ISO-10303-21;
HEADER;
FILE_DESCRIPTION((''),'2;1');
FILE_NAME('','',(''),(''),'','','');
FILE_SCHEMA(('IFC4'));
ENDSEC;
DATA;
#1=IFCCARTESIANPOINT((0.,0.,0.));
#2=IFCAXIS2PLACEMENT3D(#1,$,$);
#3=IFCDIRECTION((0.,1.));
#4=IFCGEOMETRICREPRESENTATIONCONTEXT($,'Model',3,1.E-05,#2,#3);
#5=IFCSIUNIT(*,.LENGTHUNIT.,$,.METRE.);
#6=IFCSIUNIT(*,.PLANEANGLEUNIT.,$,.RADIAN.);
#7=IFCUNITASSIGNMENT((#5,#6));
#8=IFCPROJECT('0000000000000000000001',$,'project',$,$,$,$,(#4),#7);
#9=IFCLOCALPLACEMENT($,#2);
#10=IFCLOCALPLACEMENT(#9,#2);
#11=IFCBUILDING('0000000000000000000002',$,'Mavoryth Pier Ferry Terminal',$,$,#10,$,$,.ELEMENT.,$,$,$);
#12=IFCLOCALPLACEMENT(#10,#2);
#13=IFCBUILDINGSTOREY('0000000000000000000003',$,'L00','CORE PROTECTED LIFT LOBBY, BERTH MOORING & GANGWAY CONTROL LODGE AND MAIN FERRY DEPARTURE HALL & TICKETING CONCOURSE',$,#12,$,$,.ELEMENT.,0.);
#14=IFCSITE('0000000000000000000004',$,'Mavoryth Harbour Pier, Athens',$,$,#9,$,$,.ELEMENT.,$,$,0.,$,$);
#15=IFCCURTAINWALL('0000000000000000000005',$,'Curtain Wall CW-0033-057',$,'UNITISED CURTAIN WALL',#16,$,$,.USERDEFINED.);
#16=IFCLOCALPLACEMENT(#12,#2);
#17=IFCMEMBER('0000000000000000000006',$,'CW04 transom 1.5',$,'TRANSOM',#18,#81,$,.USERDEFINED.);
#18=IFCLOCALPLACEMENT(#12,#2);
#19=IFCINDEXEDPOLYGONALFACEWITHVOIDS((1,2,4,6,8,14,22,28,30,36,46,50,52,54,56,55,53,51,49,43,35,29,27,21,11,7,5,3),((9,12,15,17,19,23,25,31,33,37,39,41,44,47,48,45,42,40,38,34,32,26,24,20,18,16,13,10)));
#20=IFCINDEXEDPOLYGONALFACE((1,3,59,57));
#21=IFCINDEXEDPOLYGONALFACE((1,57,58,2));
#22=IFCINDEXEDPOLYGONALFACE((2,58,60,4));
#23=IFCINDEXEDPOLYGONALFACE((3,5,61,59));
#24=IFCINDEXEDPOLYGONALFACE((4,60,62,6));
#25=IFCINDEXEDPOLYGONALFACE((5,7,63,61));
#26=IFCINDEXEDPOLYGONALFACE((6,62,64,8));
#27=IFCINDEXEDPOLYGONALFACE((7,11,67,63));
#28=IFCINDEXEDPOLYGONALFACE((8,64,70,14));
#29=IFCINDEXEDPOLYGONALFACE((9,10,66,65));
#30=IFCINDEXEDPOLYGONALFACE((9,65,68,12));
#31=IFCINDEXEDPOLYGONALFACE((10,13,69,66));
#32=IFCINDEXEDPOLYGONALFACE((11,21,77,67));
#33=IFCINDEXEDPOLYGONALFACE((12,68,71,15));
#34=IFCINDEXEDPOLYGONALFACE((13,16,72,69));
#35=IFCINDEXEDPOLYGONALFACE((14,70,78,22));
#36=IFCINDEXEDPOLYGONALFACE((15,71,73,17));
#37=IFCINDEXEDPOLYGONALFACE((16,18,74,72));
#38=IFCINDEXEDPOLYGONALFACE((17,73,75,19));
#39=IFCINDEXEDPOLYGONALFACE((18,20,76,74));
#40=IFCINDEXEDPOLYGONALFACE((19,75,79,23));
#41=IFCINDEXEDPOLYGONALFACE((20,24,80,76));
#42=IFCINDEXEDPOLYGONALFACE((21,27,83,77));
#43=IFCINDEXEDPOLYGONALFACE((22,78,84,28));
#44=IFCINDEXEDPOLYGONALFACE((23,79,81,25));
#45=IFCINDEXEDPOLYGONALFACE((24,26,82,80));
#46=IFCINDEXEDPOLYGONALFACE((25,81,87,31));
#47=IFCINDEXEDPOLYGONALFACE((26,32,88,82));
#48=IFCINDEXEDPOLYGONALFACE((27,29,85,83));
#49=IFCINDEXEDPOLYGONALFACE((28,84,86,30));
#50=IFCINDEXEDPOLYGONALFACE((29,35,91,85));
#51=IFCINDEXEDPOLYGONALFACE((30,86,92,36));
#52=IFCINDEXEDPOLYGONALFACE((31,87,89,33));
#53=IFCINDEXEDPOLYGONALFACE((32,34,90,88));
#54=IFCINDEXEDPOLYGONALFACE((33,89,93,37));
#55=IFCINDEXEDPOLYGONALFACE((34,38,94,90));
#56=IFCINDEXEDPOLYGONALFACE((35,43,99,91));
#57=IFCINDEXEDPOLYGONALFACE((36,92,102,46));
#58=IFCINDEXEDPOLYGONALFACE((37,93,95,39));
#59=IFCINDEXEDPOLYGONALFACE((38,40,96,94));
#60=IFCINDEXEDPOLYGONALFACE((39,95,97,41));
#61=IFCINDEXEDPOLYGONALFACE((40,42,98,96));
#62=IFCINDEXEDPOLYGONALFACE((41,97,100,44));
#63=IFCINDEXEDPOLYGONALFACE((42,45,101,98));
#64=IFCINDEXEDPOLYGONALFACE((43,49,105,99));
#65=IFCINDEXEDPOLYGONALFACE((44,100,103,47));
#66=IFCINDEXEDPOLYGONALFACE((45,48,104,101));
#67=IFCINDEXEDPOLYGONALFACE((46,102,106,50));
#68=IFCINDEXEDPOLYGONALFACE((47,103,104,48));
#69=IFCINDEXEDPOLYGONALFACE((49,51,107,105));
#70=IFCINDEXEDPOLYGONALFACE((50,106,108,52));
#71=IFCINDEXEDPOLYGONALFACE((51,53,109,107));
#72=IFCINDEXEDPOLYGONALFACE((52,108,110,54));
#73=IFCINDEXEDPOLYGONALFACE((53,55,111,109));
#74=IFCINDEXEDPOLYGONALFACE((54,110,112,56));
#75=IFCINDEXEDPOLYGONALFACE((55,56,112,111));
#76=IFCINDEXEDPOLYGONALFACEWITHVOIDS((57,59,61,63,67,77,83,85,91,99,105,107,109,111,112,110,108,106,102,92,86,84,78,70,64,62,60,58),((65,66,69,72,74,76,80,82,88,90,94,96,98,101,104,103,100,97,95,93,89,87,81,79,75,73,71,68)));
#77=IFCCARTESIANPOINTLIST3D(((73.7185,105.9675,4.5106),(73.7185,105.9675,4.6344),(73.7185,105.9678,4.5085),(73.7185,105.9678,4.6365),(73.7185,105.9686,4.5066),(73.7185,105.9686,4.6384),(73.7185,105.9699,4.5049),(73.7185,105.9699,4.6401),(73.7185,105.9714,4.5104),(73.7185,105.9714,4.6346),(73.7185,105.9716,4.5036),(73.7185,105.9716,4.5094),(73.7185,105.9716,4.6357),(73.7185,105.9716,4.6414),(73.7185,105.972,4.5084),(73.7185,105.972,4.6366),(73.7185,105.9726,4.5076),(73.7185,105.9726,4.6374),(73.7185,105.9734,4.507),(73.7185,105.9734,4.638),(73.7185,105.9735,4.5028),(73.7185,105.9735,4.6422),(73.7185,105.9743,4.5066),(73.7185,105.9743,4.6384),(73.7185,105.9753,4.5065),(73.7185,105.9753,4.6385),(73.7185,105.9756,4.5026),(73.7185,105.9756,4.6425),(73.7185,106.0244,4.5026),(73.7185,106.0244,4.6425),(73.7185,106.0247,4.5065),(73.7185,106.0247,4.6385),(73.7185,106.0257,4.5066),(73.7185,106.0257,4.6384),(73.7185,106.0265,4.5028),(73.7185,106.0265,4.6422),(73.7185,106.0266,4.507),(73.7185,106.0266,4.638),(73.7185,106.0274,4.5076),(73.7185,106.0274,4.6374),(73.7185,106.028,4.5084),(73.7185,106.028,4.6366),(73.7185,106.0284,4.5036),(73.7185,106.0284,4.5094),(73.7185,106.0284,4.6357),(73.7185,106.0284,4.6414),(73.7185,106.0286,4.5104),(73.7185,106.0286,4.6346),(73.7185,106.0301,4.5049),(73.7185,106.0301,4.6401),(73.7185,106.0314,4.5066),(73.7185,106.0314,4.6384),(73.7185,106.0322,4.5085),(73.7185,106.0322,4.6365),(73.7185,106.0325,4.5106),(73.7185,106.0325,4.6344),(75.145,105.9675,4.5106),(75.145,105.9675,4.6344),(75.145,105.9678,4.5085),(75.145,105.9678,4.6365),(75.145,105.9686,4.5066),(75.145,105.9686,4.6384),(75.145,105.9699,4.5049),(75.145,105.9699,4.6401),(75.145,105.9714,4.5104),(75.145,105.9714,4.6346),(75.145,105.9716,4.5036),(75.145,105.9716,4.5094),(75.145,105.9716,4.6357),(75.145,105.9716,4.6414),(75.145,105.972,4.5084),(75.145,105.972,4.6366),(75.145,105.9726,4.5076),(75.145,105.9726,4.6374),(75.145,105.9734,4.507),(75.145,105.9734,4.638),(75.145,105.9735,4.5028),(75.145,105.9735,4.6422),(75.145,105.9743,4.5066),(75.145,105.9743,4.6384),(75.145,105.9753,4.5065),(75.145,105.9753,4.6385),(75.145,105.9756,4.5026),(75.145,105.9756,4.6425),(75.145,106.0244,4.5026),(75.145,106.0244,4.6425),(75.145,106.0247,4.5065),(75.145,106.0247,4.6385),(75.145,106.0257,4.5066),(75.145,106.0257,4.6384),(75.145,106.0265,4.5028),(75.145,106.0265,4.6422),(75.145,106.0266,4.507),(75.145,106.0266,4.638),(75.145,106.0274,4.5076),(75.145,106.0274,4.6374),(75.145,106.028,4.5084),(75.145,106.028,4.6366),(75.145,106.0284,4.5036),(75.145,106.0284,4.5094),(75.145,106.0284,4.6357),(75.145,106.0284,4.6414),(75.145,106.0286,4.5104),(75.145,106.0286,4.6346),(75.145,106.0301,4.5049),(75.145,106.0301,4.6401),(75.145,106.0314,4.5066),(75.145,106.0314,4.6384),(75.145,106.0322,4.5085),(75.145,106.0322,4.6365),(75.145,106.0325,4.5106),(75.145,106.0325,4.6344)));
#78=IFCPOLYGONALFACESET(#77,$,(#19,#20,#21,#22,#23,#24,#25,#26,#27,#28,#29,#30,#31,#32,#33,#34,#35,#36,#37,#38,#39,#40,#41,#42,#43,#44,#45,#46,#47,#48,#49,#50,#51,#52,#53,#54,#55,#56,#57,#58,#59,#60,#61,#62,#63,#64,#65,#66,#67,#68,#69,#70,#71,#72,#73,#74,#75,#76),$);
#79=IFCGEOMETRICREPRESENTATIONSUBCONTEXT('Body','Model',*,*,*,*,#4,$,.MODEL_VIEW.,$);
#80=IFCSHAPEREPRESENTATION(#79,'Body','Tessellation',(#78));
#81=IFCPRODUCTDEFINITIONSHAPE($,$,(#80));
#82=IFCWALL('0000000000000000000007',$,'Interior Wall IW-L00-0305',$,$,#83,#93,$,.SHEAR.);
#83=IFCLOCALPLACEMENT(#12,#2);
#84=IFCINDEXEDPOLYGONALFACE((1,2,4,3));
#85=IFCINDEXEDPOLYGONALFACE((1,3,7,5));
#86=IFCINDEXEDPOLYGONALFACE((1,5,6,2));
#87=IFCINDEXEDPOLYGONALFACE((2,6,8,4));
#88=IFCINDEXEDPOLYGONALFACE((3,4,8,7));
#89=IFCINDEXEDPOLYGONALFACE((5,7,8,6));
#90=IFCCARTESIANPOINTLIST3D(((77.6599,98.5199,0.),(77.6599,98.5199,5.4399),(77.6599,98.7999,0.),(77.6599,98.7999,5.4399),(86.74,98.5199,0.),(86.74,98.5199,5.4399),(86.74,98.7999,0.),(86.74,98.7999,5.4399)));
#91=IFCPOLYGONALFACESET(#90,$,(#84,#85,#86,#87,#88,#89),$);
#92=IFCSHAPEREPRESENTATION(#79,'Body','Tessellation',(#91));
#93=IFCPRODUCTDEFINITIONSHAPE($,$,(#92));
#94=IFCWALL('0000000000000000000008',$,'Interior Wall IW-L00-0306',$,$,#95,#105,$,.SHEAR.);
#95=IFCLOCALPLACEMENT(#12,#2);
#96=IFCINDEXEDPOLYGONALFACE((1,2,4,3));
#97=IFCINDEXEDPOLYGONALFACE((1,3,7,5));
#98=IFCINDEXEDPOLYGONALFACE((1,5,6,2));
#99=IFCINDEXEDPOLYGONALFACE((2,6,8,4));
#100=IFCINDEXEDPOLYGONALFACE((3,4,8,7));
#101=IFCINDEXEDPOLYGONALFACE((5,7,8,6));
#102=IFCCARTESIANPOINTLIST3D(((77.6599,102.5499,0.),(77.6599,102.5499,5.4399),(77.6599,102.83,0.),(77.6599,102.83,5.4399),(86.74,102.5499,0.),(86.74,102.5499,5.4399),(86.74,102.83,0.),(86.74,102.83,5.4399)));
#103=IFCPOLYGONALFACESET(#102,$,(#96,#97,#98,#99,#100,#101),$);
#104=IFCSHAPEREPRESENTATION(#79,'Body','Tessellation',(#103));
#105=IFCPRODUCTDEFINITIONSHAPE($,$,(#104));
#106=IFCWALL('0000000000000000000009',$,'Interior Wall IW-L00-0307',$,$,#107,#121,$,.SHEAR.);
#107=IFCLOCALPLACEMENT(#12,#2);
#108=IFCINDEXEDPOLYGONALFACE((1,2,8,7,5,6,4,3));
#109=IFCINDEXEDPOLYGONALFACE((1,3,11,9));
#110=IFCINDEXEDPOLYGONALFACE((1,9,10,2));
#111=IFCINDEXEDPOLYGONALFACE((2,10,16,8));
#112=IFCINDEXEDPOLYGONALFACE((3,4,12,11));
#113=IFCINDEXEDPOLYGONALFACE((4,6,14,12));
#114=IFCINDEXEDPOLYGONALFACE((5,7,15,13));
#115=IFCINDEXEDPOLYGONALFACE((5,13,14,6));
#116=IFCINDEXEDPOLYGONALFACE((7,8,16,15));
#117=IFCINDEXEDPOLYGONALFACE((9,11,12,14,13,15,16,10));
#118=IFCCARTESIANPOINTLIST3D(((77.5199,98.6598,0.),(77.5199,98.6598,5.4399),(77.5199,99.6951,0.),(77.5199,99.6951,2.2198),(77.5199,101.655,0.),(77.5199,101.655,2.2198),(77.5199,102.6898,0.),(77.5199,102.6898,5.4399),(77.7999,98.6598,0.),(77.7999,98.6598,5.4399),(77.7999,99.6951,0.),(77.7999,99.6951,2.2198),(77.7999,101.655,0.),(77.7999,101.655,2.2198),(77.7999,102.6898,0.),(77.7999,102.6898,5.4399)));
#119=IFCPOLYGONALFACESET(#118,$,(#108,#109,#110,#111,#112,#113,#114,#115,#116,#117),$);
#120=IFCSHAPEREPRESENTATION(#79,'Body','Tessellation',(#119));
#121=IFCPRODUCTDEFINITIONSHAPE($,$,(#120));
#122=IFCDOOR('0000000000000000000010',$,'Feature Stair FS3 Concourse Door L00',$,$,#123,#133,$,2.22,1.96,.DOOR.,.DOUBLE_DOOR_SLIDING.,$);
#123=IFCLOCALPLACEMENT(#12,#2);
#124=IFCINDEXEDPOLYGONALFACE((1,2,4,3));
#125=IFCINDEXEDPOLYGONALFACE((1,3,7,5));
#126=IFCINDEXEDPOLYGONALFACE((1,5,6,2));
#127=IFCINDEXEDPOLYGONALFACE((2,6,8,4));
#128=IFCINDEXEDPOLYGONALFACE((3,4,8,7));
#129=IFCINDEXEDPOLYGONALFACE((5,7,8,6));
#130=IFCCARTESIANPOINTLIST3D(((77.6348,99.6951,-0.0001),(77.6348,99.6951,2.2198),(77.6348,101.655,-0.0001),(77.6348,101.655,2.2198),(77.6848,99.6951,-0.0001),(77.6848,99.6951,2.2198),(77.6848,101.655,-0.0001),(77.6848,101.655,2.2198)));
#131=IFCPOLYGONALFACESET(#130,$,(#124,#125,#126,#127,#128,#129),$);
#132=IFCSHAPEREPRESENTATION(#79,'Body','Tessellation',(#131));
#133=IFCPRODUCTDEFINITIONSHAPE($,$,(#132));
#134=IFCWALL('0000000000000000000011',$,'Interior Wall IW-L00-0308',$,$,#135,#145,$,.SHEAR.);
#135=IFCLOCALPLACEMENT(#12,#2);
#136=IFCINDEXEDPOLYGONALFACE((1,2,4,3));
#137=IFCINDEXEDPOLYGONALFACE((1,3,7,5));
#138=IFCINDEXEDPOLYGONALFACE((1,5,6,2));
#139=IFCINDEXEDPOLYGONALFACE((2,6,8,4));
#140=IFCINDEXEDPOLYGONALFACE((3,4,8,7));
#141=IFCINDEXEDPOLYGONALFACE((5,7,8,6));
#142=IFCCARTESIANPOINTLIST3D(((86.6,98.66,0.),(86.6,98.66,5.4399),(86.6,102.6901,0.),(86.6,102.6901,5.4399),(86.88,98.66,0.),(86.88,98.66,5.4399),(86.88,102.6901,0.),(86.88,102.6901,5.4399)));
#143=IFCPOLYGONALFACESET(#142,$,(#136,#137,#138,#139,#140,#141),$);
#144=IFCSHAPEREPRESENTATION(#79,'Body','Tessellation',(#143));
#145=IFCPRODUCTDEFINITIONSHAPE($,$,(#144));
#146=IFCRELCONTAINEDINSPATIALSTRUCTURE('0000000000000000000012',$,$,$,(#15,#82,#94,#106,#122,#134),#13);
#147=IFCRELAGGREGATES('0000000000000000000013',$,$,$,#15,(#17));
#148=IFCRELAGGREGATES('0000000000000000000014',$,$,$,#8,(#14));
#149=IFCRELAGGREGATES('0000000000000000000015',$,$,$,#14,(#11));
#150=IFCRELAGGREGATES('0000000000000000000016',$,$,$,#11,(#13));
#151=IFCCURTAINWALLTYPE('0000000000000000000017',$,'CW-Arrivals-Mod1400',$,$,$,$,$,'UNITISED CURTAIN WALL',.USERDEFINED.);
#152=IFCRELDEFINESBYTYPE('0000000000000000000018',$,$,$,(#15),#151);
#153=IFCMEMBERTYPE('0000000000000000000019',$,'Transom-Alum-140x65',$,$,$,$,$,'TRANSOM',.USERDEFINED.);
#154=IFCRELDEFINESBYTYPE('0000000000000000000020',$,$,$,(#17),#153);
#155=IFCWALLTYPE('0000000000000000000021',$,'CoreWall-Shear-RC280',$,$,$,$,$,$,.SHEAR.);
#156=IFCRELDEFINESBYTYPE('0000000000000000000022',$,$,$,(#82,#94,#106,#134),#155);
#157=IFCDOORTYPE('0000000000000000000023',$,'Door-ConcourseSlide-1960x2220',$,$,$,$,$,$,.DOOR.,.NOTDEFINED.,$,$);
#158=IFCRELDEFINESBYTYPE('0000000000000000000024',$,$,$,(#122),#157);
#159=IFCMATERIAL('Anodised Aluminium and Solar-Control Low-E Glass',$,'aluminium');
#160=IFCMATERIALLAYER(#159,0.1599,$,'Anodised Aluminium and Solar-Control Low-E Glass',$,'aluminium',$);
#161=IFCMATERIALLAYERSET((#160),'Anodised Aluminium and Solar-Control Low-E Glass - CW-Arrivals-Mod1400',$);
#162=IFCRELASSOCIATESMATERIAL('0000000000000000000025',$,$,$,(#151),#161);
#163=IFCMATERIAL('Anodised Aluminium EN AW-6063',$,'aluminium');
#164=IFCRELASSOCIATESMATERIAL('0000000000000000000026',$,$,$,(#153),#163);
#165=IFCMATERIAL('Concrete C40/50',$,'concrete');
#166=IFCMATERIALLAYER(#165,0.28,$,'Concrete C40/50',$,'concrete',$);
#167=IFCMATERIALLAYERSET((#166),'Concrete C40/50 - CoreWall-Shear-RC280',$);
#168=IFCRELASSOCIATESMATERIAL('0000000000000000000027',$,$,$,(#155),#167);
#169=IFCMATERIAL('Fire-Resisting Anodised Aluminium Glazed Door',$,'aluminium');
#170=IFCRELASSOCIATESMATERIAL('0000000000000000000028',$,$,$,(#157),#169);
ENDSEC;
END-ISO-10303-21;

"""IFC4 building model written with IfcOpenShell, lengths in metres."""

from ifc_helpers import new_model, si_unit, direction, frame, frame_2d, origin, origin_2d, place, context, subcontext, project, spatial, rectangle, hollow_rectangle, extrude, material, layer, layer_set, material_profile, profile_set, type_object, element, fill, aggregate, save


model = new_model("IFC4")

# Units and contexts
model_context = context("Model", 3, precision=1e-05, world=origin(), true_north=direction((0.0, 1.0)))
body_context = subcontext(model_context, "Body", "Model", "MODEL_VIEW")
ifc_project = project(units=[si_unit("LENGTHUNIT", "METRE"), si_unit("PLANEANGLEUNIT", "RADIAN")], contexts=[model_context])

# Site, building, storey
site_placement = place(None, origin())
site = spatial("IfcSite", under=ifc_project, at=site_placement, Name="Mavoryth Harbour Pier, Athens", CompositionType="ELEMENT", RefElevation=0.0)
building_placement = place(site_placement, origin())
building = spatial("IfcBuilding", under=site, at=building_placement, Name="Mavoryth Pier Ferry Terminal", CompositionType="ELEMENT")
storey_placement = place(building_placement, origin())
storey = spatial("IfcBuildingStorey", under=building, at=storey_placement, Name="L00", Description="CORE PROTECTED LIFT LOBBY, BERTH MOORING & GANGWAY CONTROL LODGE AND MAIN FERRY DEPARTURE HALL & TICKETING CONCOURSE", CompositionType="ELEMENT", Elevation=0.0)

# Curtain wall, member
ifc_material_1 = material(Name="Anodised Aluminium and Solar-Control Low-E Glass", Category="aluminium")
ifc_layer_1 = layer(ifc_material_1, 0.1599, Name="Anodised Aluminium and Solar-Control Low-E Glass", Category="aluminium")
ifc_layer_set_1 = layer_set([ifc_layer_1], Name="Anodised Aluminium and Solar-Control Low-E Glass - CW-Arrivals-Mod1400")
curtain_wall_type = type_object("IfcCurtainWallType", Name="CW-Arrivals-Mod1400", ElementType="UNITISED CURTAIN WALL", PredefinedType="USERDEFINED", material=ifc_layer_set_1)
curtain_wall_placement = place(storey_placement, origin())
curtain_wall = element("IfcCurtainWall", 1, at=curtain_wall_placement, inside=storey, type_object=curtain_wall_type, Name="Curtain Wall CW-0033-057", ObjectType="UNITISED CURTAIN WALL", PredefinedType="USERDEFINED")
ifc_material_2 = material(Name="Anodised Aluminium EN AW-6063", Category="aluminium")
ifc_material_profile_1 = material_profile(ifc_material_2, hollow_rectangle(XDim=0.0649, YDim=0.1399, WallThickness=0.0039, InnerFilletRadius=0.0039, OuterFilletRadius=0.0081, at=origin_2d()), Name="AL-TRAN 140x65x4", Category="aluminium")
ifc_profile_set_1 = profile_set([ifc_material_profile_1], Name="Anodised Aluminium EN AW-6063 - AL-TRAN 140x65x4")
member_type_1 = type_object("IfcMemberType", Name="Transom-Alum-140x65", ElementType="TRANSOM", PredefinedType="USERDEFINED", material=ifc_profile_set_1)
member_1_placement = place(storey_placement, frame((75.145, 106.0, 4.5725), z_axis=(-1.0, 0.0, 0.0), x_axis=(0.0, -1.0, 0.0)))
member_1 = element("IfcMember", 2, at=member_1_placement, type_object=member_type_1, Name="CW04 transom 1.5", ObjectType="TRANSOM", PredefinedType="USERDEFINED", context=body_context, shape_type="SweptSolid", body=[
    extrude(hollow_rectangle(XDim=0.0649, YDim=0.1399, WallThickness=0.0039, InnerFilletRadius=0.0039, OuterFilletRadius=0.0081, at=origin_2d()), origin(), (0.0, 0.0, 1.0), 1.4265),
])
aggregate(curtain_wall, [member_1])

# Walls
ifc_material_3 = material(Name="Concrete C40/50", Category="concrete")
ifc_layer_2 = layer(ifc_material_3, 0.28, Name="Concrete C40/50", Category="concrete")
ifc_layer_set_2 = layer_set([ifc_layer_2], Name="Concrete C40/50 - CoreWall-Shear-RC280")
wall_type = type_object("IfcWallType", Name="CoreWall-Shear-RC280", PredefinedType="SHEAR", material=ifc_layer_set_2)
for number, where, z_axis, x_axis, name in (
    (3, (77.6599, 98.6599, 0.0), (0.0, 0.0, 1.0), (1.0, 0.0, 0.0), "Interior Wall IW-L00-0305"),
    (4, (77.6599, 102.6899, 0.0), (0.0, 0.0, 1.0), (1.0, 0.0, 0.0), "Interior Wall IW-L00-0306"),
):
    element("IfcWall", number, at=place(storey_placement, frame(where, z_axis=z_axis, x_axis=x_axis)), inside=storey, type_object=wall_type, Name=name, PredefinedType="SHEAR", context=body_context, shape_type="SweptSolid", body=[
        extrude(rectangle(XDim=9.0801, YDim=0.28, at=frame_2d((4.54, 0.0))), origin(), (0.0, 0.0, 1.0), 5.4399),
    ])

# Wall, opening, door
wall_1_placement = place(storey_placement, frame((77.6599, 102.6899, 0.0), z_axis=(0.0, 0.0, 1.0), x_axis=(0.0, -1.0, 0.0)))
wall_1 = element("IfcWall", 5, at=wall_1_placement, inside=storey, type_object=wall_type, Name="Interior Wall IW-L00-0307", PredefinedType="SHEAR", context=body_context, shape_type="SweptSolid", body=[
    extrude(rectangle(XDim=4.03, YDim=0.28, at=frame_2d((2.0151, 0.0))), origin(), (0.0, 0.0, 1.0), 5.4399),
])
opening_placement = place(wall_1_placement, frame((1.0349, 0.0, 0.0)))
opening = element("IfcOpeningElement", 6, at=opening_placement, cuts=wall_1, PredefinedType="OPENING", context=body_context, shape_type="SweptSolid", body=[
    extrude(rectangle(XDim=1.96, YDim=2.22, at=frame_2d((0.98, 1.1099))), frame((0.0, 0.1499, 0.0), z_axis=(0.0, -1.0, 0.0), x_axis=(1.0, 0.0, 0.0)), (0.0, 0.0, 1.0), 0.3),
])
ifc_material_4 = material(Name="Fire-Resisting Anodised Aluminium Glazed Door", Category="aluminium")
door_type = type_object("IfcDoorType", Name="Door-ConcourseSlide-1960x2220", OperationType="NOTDEFINED", PredefinedType="DOOR", material=ifc_material_4)
door_placement = place(opening_placement, origin())
door = element("IfcDoor", 7, at=door_placement, inside=storey, type_object=door_type, Name="Feature Stair FS3 Concourse Door L00", OperationType="DOUBLE_DOOR_SLIDING", OverallHeight=2.22, OverallWidth=1.96, PredefinedType="DOOR", context=body_context, shape_type="SweptSolid", body=[
    extrude(rectangle(XDim=1.96, YDim=2.22, at=frame_2d((0.98, 1.1099))), frame((0.0, 0.0249, 0.0), z_axis=(0.0, -1.0, 0.0), x_axis=(1.0, 0.0, 0.0)), (0.0, 0.0, 1.0), 0.05),
])
fill(opening, door)

# Wall
wall_2_placement = place(storey_placement, frame((86.74, 98.6599, 0.0), z_axis=(0.0, 0.0, 1.0), x_axis=(0.0, 1.0, 0.0)))
element("IfcWall", 8, at=wall_2_placement, inside=storey, type_object=wall_type, Name="Interior Wall IW-L00-0308", PredefinedType="SHEAR", context=body_context, shape_type="SweptSolid", body=[
    extrude(rectangle(XDim=4.03, YDim=0.28, at=frame_2d((2.0151, 0.0))), origin(), (0.0, 0.0, 1.0), 5.4399),
])

save(model, "model.ifc")
